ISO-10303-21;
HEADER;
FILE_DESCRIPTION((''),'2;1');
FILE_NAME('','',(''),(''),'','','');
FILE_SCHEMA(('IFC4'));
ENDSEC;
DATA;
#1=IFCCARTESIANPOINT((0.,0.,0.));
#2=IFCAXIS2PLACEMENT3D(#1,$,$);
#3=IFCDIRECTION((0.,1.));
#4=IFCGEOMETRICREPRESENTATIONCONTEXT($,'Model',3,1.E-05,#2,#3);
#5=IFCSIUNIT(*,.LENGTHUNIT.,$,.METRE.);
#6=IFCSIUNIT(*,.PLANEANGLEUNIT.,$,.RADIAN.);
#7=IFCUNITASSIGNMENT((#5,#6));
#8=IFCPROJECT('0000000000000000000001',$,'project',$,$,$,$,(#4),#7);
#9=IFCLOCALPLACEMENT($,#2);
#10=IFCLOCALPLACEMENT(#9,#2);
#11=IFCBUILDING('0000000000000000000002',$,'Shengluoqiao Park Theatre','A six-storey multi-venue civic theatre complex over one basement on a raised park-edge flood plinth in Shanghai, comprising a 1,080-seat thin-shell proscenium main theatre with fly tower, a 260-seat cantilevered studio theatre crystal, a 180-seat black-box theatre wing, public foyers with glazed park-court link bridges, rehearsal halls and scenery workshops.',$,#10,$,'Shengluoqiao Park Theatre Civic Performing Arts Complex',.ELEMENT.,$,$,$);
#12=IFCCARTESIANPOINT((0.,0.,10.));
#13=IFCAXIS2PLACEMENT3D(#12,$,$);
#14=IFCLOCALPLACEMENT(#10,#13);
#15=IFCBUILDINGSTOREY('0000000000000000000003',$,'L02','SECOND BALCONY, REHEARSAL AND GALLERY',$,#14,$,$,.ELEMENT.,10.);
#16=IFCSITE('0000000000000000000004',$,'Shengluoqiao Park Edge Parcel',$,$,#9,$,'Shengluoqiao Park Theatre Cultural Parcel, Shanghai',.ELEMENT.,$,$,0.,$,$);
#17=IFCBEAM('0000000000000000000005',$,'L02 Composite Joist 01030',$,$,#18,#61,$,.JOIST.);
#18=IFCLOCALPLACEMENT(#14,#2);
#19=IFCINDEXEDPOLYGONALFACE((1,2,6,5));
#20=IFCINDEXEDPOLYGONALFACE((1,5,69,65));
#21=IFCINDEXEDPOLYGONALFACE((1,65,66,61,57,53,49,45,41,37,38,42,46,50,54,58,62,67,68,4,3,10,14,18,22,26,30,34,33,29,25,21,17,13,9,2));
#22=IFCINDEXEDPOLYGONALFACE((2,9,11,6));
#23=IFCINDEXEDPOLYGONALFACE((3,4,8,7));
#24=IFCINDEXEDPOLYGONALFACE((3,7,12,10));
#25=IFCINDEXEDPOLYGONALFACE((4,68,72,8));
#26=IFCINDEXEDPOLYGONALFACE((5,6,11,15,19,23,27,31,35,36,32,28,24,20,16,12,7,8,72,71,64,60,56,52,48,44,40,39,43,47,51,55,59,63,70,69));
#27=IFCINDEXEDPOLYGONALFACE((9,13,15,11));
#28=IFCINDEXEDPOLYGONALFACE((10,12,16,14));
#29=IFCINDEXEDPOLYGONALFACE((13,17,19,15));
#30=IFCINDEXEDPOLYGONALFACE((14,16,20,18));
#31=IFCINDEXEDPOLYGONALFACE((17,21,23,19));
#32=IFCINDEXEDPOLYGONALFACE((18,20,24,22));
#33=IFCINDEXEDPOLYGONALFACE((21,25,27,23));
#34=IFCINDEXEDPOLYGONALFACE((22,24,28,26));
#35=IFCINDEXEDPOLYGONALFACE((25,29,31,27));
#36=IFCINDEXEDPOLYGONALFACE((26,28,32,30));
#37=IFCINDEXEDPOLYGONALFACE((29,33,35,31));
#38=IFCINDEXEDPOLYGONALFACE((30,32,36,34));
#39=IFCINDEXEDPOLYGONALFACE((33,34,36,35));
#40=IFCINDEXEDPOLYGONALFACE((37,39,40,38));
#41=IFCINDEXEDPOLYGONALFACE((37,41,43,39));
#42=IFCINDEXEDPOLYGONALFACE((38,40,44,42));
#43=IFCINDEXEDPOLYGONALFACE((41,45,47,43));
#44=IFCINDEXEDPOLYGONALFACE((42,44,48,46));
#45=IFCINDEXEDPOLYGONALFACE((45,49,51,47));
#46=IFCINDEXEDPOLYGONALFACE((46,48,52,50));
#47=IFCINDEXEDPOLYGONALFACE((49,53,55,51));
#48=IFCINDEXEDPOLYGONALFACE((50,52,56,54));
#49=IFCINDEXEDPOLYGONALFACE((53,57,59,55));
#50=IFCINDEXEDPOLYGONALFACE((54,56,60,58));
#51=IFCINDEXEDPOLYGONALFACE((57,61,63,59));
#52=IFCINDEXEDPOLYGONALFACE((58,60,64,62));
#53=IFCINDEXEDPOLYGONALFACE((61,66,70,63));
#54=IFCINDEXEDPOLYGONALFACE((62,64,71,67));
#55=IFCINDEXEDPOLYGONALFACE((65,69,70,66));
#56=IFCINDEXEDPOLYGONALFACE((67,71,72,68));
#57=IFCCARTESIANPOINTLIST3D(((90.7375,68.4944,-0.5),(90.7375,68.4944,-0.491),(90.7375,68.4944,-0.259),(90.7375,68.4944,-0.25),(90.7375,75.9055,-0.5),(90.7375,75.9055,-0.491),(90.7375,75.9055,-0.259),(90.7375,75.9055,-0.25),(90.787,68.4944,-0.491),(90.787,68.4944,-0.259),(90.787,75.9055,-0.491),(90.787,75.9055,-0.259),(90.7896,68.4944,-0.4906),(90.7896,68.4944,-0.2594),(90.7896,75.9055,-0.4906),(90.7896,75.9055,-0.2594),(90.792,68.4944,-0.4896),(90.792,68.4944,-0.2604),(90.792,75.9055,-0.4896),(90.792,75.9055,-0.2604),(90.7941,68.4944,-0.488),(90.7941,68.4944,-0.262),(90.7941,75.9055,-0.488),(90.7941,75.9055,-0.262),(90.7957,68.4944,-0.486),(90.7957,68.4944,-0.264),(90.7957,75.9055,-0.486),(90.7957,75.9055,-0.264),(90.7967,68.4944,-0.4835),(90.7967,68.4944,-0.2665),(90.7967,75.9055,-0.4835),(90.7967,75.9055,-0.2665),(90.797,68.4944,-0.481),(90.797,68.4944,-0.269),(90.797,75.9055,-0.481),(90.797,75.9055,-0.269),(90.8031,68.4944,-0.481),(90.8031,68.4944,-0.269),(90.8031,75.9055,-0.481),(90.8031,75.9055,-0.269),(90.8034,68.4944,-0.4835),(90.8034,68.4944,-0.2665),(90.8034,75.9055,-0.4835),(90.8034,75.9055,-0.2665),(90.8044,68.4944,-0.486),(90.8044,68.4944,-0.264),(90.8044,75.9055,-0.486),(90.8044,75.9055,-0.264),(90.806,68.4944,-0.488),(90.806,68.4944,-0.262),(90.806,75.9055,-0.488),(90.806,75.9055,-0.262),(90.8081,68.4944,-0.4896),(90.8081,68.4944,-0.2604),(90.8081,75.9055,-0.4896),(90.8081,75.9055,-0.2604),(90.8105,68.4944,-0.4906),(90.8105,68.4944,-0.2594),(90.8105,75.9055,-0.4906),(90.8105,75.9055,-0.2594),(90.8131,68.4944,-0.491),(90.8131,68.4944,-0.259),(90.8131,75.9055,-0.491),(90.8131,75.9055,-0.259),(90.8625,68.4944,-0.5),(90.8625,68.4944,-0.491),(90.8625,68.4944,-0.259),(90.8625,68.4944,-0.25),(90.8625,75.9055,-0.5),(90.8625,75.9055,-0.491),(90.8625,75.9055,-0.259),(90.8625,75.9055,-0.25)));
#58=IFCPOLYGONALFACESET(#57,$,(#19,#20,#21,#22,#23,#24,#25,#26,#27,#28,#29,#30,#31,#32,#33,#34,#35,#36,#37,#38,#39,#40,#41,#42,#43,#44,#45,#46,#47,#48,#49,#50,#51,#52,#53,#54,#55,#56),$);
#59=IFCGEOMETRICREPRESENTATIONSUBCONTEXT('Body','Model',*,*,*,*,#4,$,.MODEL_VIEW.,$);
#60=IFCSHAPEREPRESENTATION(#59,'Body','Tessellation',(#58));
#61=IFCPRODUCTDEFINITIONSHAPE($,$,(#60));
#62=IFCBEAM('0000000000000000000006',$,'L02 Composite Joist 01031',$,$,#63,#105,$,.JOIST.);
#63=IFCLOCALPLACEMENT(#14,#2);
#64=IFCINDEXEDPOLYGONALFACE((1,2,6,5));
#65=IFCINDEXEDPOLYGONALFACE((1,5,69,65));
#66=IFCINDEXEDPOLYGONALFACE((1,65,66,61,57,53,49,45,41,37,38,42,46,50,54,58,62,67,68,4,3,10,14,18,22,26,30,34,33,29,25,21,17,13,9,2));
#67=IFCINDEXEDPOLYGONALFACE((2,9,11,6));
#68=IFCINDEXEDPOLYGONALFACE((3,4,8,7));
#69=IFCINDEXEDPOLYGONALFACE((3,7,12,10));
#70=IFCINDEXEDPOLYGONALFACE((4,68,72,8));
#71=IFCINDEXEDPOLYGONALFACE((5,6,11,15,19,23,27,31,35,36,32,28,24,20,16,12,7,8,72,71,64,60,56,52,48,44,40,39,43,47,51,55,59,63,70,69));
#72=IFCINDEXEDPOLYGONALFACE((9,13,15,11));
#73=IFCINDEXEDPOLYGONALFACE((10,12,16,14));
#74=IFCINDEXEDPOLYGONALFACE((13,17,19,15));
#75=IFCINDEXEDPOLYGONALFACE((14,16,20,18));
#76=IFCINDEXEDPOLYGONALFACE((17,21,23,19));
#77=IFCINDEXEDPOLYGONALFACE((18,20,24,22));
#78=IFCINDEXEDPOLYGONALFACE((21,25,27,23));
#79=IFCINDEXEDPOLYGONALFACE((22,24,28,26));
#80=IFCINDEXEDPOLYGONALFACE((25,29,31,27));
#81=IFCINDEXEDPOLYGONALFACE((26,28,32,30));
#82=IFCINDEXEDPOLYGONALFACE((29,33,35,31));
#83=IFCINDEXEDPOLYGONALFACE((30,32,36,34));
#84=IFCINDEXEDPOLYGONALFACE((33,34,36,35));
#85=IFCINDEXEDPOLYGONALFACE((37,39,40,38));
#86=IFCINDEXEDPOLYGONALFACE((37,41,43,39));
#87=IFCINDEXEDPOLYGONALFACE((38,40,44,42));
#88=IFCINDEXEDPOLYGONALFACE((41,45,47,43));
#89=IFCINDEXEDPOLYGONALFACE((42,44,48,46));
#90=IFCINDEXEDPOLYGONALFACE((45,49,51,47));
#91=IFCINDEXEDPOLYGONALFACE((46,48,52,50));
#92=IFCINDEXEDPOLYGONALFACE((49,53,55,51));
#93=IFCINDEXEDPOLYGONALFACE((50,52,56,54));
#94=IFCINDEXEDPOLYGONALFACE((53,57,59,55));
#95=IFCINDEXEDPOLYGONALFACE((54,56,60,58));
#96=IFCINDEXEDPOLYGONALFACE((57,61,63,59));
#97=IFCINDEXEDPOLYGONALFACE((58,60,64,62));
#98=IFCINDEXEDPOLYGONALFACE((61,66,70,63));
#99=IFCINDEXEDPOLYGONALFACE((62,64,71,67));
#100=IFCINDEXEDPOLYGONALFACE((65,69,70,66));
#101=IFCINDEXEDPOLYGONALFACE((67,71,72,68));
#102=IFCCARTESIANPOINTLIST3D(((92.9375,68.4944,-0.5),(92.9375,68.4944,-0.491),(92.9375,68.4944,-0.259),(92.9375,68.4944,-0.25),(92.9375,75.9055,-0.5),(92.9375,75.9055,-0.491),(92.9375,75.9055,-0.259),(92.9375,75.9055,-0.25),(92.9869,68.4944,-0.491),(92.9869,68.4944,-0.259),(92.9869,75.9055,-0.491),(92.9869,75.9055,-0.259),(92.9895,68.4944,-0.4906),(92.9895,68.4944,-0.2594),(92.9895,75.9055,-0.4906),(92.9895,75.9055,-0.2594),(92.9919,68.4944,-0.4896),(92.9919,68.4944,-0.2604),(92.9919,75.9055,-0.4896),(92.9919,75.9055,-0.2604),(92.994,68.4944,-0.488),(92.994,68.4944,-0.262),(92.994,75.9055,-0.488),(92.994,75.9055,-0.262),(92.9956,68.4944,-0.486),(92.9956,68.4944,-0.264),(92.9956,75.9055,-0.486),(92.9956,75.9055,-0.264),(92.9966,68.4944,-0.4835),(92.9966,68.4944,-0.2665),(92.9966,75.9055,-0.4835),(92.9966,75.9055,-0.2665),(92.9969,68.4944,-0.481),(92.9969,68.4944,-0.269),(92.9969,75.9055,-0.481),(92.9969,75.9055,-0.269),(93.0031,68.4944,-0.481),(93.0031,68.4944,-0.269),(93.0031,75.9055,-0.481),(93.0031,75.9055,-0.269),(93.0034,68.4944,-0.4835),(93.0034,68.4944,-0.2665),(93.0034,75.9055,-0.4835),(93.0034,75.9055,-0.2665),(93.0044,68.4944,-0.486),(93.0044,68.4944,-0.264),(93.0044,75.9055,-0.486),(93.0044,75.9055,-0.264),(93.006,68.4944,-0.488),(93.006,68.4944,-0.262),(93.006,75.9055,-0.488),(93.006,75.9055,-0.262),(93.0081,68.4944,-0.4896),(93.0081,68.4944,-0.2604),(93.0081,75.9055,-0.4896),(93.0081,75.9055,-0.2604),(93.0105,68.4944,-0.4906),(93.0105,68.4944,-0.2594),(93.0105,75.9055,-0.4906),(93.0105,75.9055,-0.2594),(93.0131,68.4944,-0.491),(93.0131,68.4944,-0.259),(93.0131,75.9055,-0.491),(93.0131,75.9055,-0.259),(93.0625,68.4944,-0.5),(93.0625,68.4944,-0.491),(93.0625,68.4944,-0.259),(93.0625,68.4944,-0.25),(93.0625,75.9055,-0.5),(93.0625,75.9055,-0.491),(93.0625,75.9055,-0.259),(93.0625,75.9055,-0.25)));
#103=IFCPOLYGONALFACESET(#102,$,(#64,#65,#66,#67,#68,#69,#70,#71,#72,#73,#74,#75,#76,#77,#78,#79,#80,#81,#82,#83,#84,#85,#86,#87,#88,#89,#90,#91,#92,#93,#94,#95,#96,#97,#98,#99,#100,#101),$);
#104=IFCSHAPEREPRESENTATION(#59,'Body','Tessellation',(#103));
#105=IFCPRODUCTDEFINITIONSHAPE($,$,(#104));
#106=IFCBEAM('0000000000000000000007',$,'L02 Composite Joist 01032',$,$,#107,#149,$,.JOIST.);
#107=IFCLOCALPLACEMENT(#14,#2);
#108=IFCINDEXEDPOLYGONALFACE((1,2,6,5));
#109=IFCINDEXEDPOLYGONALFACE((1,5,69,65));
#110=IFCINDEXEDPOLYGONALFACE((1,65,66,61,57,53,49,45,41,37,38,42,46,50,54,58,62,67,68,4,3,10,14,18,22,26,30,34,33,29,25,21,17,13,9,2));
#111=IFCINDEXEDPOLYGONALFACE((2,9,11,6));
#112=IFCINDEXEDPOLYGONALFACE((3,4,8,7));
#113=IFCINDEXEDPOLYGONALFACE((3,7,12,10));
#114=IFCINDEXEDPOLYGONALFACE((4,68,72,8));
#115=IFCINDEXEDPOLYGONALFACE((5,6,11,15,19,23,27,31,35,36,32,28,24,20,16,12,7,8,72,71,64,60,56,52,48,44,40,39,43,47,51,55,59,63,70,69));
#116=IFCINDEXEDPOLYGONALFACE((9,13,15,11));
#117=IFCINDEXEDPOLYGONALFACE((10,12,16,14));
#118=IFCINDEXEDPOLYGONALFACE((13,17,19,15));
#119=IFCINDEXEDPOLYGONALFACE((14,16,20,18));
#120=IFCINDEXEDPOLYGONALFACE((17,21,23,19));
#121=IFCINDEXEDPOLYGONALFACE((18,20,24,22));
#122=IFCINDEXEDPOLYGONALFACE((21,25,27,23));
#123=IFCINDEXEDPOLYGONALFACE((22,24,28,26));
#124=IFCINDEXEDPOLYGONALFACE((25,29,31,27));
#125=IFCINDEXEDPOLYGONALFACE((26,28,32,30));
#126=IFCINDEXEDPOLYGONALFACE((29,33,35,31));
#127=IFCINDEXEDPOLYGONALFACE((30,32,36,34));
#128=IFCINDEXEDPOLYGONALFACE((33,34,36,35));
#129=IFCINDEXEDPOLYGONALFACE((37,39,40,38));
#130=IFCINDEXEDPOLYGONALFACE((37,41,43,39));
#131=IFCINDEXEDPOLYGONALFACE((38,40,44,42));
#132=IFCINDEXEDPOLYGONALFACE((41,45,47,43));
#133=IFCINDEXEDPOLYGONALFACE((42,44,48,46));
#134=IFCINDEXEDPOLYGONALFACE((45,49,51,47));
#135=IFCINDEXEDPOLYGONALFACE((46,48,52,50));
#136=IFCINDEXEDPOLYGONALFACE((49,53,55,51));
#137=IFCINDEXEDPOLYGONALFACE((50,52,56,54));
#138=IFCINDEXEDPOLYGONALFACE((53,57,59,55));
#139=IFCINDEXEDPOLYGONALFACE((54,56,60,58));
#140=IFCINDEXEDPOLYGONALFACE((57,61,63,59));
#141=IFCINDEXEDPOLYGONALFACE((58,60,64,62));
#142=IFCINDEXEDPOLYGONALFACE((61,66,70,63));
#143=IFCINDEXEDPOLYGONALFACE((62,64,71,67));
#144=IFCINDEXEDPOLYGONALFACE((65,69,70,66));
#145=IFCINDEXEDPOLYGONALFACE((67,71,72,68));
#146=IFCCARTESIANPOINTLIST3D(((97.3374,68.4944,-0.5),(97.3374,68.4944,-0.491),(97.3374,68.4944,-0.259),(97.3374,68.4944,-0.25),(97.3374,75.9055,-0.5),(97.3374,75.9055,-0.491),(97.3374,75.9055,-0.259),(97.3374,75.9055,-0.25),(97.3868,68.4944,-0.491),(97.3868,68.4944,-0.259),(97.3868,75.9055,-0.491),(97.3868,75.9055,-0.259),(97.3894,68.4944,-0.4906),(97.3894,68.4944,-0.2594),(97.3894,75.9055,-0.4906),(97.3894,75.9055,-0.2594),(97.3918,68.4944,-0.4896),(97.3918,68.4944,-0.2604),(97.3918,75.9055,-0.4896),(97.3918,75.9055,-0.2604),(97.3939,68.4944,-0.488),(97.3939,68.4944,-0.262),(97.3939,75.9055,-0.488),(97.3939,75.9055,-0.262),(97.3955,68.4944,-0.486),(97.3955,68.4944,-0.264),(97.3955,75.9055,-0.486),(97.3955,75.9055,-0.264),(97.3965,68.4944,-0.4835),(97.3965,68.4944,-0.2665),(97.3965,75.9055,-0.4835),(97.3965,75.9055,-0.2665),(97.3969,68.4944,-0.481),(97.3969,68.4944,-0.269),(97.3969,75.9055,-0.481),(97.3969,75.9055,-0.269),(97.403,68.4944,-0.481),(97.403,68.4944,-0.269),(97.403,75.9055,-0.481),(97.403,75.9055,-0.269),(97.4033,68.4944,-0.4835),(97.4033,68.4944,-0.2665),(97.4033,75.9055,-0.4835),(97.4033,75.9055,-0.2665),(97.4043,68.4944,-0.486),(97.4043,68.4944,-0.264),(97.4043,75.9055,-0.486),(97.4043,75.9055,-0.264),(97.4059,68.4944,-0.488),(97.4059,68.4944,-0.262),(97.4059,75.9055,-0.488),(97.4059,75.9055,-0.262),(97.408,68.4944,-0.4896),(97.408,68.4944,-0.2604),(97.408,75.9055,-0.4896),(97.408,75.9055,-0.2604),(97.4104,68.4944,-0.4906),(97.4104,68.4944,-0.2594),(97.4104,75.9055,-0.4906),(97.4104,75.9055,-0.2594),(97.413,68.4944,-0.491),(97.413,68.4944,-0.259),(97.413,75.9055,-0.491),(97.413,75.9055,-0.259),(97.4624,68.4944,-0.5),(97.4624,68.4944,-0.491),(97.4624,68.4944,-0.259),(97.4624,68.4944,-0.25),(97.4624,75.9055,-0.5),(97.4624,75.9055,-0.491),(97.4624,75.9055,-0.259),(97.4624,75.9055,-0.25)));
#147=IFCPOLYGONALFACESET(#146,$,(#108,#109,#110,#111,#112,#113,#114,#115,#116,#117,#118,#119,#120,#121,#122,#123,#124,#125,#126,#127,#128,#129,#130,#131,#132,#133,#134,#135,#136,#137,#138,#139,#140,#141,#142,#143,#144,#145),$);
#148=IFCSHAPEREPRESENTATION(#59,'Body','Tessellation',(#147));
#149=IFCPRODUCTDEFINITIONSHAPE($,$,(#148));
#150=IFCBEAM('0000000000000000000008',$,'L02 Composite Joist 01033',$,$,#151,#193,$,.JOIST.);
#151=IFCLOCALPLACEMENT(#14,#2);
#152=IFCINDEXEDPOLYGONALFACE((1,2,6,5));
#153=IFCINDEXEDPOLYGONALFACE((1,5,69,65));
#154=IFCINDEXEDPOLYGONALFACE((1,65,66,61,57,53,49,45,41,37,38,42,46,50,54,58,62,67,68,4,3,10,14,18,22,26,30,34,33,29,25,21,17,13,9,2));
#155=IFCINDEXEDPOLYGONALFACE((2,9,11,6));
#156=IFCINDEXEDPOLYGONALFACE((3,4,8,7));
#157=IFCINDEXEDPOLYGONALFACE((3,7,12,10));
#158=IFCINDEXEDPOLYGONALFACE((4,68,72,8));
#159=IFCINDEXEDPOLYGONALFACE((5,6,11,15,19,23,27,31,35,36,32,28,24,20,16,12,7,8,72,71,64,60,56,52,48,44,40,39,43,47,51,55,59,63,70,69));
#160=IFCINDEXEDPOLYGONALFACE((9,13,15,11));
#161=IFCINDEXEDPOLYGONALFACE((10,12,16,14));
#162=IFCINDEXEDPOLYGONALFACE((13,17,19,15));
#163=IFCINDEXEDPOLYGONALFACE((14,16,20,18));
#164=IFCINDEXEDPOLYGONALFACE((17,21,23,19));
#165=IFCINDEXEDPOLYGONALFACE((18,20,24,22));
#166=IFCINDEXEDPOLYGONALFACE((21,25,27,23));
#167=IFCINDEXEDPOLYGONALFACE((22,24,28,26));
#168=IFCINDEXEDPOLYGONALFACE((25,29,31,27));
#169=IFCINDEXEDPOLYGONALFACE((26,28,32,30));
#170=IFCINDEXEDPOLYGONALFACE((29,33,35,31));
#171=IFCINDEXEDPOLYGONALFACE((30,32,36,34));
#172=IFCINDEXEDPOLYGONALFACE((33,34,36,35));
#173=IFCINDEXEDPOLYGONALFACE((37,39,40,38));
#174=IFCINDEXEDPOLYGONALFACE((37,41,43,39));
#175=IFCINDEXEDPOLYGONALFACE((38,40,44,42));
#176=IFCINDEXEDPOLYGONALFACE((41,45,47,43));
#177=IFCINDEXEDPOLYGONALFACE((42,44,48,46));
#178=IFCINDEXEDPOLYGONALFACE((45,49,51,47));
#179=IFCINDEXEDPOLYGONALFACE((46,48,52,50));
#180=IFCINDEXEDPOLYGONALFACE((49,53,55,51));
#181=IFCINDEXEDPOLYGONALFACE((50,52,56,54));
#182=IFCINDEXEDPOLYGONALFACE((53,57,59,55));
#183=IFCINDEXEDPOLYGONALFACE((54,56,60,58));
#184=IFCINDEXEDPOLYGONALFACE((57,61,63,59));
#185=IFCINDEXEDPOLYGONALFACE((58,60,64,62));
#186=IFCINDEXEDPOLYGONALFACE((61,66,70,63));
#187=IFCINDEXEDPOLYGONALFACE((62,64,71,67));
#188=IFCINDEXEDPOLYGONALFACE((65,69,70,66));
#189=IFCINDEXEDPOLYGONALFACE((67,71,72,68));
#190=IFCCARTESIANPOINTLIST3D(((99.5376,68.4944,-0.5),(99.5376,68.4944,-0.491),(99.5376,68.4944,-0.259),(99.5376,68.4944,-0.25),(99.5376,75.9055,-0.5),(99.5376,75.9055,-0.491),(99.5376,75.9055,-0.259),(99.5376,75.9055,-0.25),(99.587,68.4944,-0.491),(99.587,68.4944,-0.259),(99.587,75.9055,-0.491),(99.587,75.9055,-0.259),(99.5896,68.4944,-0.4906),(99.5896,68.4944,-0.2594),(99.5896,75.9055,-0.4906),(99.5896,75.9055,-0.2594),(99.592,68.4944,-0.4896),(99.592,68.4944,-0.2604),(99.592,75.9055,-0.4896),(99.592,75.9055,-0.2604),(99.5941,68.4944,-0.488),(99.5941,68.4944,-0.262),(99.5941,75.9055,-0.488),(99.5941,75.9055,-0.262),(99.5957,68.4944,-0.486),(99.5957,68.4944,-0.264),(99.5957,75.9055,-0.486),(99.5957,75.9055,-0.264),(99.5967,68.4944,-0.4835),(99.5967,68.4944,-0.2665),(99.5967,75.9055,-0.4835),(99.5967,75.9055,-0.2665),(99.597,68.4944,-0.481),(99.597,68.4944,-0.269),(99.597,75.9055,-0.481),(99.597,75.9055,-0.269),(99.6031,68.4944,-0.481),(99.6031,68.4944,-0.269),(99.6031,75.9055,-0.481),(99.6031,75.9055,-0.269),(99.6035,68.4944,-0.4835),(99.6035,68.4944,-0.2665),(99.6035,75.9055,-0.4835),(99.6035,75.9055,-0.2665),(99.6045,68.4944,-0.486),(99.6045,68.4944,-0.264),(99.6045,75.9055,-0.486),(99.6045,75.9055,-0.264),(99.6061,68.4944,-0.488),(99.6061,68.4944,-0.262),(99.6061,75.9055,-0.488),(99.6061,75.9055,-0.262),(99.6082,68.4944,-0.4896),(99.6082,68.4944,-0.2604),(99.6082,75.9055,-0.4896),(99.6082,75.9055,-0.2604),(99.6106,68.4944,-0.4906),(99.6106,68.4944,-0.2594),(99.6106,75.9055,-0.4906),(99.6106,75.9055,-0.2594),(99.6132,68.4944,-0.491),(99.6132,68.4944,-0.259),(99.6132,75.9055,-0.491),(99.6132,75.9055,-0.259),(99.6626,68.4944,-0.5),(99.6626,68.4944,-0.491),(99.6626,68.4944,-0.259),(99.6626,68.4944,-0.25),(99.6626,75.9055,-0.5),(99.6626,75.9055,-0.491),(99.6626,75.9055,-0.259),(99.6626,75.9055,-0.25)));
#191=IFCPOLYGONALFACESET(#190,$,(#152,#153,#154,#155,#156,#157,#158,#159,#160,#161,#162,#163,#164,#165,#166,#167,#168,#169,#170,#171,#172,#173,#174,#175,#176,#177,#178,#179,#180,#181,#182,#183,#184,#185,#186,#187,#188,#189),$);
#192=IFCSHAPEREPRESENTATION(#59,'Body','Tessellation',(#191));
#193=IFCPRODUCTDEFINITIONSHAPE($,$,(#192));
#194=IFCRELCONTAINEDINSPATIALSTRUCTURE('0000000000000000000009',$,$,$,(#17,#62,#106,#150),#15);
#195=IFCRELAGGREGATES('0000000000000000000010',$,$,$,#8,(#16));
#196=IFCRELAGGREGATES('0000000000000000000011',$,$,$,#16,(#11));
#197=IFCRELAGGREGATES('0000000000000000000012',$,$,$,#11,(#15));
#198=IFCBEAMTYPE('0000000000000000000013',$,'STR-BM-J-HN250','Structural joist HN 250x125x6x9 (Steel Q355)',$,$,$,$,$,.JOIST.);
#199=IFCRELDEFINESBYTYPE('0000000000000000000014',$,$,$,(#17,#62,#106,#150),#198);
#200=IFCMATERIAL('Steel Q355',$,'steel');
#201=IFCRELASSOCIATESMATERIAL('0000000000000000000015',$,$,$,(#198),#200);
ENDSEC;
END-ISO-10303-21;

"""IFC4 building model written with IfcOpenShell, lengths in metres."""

from ifc_helpers import new_model, si_unit, direction, frame, origin, origin_2d, place, context, subcontext, project, spatial, i_section, extrude, material, material_profile, profile_set, type_object, element, save


model = new_model("IFC4")

# Units and contexts
model_context = context("Model", 3, precision=1e-05, world=origin(), true_north=direction((0.0, 1.0)))
body_context = subcontext(model_context, "Body", "Model", "MODEL_VIEW")
ifc_project = project(units=[si_unit("LENGTHUNIT", "METRE"), si_unit("PLANEANGLEUNIT", "RADIAN")], contexts=[model_context])

# Site, building, storey
site_placement = place(None, origin())
site = spatial("IfcSite", under=ifc_project, at=site_placement, Name="Shengluoqiao Park Edge Parcel", LongName="Shengluoqiao Park Theatre Cultural Parcel, Shanghai", CompositionType="ELEMENT", RefElevation=0.0)
building_placement = place(site_placement, origin())
building = spatial("IfcBuilding", under=site, at=building_placement, Name="Shengluoqiao Park Theatre", Description="A six-storey multi-venue civic theatre complex over one basement on a raised park-edge flood plinth in Shanghai, comprising a 1,080-seat thin-shell proscenium main theatre with fly tower, a 260-seat cantilevered studio theatre crystal, a 180-seat black-box theatre wing, public foyers with glazed park-court link bridges, rehearsal halls and scenery workshops.", LongName="Shengluoqiao Park Theatre Civic Performing Arts Complex", CompositionType="ELEMENT")
storey_placement = place(building_placement, frame((0.0, 0.0, 10.0)))
storey = spatial("IfcBuildingStorey", under=building, at=storey_placement, Name="L02", Description="SECOND BALCONY, REHEARSAL AND GALLERY", CompositionType="ELEMENT", Elevation=10.0)

# Beams
ifc_material_1 = material(Name="Steel Q355", Category="steel")
ifc_material_profile_1 = material_profile(ifc_material_1, i_section(OverallWidth=0.125, OverallDepth=0.25, WebThickness=0.0061, FlangeThickness=0.009, FilletRadius=0.01, at=origin_2d()), Name="HN 250x125x6x9")
ifc_profile_set_1 = profile_set([ifc_material_profile_1], Name="Steel Q355")
beam_type_1 = type_object("IfcBeamType", Name="STR-BM-J-HN250", Description="Structural joist HN 250x125x6x9 (Steel Q355)", PredefinedType="JOIST", material=ifc_profile_set_1)
for number, where, z_axis, x_axis, name in (
    (1, (90.8, 68.4944, -0.375), (0.0, 1.0, 0.0), (-1.0, 0.0, 0.0), "L02 Composite Joist 01030"),
    (2, (93.0, 68.4944, -0.375), (0.0, 1.0, 0.0), (-1.0, 0.0, 0.0), "L02 Composite Joist 01031"),
    (3, (97.3999, 68.4944, -0.375), (0.0, 1.0, 0.0), (-1.0, 0.0, 0.0), "L02 Composite Joist 01032"),
    (4, (99.6001, 68.4944, -0.375), (0.0, 1.0, 0.0), (-1.0, 0.0, 0.0), "L02 Composite Joist 01033"),
):
    element("IfcBeam", number, at=place(storey_placement, frame(where, z_axis=z_axis, x_axis=x_axis)), inside=storey, type_object=beam_type_1, Name=name, PredefinedType="JOIST", context=body_context, shape_type="SweptSolid", body=[
        extrude(i_section(OverallWidth=0.125, OverallDepth=0.25, WebThickness=0.0061, FlangeThickness=0.009, FilletRadius=0.01, at=origin_2d()), origin(), (0.0, 0.0, 1.0), 7.4111),
    ])

save(model, "model.ifc")
